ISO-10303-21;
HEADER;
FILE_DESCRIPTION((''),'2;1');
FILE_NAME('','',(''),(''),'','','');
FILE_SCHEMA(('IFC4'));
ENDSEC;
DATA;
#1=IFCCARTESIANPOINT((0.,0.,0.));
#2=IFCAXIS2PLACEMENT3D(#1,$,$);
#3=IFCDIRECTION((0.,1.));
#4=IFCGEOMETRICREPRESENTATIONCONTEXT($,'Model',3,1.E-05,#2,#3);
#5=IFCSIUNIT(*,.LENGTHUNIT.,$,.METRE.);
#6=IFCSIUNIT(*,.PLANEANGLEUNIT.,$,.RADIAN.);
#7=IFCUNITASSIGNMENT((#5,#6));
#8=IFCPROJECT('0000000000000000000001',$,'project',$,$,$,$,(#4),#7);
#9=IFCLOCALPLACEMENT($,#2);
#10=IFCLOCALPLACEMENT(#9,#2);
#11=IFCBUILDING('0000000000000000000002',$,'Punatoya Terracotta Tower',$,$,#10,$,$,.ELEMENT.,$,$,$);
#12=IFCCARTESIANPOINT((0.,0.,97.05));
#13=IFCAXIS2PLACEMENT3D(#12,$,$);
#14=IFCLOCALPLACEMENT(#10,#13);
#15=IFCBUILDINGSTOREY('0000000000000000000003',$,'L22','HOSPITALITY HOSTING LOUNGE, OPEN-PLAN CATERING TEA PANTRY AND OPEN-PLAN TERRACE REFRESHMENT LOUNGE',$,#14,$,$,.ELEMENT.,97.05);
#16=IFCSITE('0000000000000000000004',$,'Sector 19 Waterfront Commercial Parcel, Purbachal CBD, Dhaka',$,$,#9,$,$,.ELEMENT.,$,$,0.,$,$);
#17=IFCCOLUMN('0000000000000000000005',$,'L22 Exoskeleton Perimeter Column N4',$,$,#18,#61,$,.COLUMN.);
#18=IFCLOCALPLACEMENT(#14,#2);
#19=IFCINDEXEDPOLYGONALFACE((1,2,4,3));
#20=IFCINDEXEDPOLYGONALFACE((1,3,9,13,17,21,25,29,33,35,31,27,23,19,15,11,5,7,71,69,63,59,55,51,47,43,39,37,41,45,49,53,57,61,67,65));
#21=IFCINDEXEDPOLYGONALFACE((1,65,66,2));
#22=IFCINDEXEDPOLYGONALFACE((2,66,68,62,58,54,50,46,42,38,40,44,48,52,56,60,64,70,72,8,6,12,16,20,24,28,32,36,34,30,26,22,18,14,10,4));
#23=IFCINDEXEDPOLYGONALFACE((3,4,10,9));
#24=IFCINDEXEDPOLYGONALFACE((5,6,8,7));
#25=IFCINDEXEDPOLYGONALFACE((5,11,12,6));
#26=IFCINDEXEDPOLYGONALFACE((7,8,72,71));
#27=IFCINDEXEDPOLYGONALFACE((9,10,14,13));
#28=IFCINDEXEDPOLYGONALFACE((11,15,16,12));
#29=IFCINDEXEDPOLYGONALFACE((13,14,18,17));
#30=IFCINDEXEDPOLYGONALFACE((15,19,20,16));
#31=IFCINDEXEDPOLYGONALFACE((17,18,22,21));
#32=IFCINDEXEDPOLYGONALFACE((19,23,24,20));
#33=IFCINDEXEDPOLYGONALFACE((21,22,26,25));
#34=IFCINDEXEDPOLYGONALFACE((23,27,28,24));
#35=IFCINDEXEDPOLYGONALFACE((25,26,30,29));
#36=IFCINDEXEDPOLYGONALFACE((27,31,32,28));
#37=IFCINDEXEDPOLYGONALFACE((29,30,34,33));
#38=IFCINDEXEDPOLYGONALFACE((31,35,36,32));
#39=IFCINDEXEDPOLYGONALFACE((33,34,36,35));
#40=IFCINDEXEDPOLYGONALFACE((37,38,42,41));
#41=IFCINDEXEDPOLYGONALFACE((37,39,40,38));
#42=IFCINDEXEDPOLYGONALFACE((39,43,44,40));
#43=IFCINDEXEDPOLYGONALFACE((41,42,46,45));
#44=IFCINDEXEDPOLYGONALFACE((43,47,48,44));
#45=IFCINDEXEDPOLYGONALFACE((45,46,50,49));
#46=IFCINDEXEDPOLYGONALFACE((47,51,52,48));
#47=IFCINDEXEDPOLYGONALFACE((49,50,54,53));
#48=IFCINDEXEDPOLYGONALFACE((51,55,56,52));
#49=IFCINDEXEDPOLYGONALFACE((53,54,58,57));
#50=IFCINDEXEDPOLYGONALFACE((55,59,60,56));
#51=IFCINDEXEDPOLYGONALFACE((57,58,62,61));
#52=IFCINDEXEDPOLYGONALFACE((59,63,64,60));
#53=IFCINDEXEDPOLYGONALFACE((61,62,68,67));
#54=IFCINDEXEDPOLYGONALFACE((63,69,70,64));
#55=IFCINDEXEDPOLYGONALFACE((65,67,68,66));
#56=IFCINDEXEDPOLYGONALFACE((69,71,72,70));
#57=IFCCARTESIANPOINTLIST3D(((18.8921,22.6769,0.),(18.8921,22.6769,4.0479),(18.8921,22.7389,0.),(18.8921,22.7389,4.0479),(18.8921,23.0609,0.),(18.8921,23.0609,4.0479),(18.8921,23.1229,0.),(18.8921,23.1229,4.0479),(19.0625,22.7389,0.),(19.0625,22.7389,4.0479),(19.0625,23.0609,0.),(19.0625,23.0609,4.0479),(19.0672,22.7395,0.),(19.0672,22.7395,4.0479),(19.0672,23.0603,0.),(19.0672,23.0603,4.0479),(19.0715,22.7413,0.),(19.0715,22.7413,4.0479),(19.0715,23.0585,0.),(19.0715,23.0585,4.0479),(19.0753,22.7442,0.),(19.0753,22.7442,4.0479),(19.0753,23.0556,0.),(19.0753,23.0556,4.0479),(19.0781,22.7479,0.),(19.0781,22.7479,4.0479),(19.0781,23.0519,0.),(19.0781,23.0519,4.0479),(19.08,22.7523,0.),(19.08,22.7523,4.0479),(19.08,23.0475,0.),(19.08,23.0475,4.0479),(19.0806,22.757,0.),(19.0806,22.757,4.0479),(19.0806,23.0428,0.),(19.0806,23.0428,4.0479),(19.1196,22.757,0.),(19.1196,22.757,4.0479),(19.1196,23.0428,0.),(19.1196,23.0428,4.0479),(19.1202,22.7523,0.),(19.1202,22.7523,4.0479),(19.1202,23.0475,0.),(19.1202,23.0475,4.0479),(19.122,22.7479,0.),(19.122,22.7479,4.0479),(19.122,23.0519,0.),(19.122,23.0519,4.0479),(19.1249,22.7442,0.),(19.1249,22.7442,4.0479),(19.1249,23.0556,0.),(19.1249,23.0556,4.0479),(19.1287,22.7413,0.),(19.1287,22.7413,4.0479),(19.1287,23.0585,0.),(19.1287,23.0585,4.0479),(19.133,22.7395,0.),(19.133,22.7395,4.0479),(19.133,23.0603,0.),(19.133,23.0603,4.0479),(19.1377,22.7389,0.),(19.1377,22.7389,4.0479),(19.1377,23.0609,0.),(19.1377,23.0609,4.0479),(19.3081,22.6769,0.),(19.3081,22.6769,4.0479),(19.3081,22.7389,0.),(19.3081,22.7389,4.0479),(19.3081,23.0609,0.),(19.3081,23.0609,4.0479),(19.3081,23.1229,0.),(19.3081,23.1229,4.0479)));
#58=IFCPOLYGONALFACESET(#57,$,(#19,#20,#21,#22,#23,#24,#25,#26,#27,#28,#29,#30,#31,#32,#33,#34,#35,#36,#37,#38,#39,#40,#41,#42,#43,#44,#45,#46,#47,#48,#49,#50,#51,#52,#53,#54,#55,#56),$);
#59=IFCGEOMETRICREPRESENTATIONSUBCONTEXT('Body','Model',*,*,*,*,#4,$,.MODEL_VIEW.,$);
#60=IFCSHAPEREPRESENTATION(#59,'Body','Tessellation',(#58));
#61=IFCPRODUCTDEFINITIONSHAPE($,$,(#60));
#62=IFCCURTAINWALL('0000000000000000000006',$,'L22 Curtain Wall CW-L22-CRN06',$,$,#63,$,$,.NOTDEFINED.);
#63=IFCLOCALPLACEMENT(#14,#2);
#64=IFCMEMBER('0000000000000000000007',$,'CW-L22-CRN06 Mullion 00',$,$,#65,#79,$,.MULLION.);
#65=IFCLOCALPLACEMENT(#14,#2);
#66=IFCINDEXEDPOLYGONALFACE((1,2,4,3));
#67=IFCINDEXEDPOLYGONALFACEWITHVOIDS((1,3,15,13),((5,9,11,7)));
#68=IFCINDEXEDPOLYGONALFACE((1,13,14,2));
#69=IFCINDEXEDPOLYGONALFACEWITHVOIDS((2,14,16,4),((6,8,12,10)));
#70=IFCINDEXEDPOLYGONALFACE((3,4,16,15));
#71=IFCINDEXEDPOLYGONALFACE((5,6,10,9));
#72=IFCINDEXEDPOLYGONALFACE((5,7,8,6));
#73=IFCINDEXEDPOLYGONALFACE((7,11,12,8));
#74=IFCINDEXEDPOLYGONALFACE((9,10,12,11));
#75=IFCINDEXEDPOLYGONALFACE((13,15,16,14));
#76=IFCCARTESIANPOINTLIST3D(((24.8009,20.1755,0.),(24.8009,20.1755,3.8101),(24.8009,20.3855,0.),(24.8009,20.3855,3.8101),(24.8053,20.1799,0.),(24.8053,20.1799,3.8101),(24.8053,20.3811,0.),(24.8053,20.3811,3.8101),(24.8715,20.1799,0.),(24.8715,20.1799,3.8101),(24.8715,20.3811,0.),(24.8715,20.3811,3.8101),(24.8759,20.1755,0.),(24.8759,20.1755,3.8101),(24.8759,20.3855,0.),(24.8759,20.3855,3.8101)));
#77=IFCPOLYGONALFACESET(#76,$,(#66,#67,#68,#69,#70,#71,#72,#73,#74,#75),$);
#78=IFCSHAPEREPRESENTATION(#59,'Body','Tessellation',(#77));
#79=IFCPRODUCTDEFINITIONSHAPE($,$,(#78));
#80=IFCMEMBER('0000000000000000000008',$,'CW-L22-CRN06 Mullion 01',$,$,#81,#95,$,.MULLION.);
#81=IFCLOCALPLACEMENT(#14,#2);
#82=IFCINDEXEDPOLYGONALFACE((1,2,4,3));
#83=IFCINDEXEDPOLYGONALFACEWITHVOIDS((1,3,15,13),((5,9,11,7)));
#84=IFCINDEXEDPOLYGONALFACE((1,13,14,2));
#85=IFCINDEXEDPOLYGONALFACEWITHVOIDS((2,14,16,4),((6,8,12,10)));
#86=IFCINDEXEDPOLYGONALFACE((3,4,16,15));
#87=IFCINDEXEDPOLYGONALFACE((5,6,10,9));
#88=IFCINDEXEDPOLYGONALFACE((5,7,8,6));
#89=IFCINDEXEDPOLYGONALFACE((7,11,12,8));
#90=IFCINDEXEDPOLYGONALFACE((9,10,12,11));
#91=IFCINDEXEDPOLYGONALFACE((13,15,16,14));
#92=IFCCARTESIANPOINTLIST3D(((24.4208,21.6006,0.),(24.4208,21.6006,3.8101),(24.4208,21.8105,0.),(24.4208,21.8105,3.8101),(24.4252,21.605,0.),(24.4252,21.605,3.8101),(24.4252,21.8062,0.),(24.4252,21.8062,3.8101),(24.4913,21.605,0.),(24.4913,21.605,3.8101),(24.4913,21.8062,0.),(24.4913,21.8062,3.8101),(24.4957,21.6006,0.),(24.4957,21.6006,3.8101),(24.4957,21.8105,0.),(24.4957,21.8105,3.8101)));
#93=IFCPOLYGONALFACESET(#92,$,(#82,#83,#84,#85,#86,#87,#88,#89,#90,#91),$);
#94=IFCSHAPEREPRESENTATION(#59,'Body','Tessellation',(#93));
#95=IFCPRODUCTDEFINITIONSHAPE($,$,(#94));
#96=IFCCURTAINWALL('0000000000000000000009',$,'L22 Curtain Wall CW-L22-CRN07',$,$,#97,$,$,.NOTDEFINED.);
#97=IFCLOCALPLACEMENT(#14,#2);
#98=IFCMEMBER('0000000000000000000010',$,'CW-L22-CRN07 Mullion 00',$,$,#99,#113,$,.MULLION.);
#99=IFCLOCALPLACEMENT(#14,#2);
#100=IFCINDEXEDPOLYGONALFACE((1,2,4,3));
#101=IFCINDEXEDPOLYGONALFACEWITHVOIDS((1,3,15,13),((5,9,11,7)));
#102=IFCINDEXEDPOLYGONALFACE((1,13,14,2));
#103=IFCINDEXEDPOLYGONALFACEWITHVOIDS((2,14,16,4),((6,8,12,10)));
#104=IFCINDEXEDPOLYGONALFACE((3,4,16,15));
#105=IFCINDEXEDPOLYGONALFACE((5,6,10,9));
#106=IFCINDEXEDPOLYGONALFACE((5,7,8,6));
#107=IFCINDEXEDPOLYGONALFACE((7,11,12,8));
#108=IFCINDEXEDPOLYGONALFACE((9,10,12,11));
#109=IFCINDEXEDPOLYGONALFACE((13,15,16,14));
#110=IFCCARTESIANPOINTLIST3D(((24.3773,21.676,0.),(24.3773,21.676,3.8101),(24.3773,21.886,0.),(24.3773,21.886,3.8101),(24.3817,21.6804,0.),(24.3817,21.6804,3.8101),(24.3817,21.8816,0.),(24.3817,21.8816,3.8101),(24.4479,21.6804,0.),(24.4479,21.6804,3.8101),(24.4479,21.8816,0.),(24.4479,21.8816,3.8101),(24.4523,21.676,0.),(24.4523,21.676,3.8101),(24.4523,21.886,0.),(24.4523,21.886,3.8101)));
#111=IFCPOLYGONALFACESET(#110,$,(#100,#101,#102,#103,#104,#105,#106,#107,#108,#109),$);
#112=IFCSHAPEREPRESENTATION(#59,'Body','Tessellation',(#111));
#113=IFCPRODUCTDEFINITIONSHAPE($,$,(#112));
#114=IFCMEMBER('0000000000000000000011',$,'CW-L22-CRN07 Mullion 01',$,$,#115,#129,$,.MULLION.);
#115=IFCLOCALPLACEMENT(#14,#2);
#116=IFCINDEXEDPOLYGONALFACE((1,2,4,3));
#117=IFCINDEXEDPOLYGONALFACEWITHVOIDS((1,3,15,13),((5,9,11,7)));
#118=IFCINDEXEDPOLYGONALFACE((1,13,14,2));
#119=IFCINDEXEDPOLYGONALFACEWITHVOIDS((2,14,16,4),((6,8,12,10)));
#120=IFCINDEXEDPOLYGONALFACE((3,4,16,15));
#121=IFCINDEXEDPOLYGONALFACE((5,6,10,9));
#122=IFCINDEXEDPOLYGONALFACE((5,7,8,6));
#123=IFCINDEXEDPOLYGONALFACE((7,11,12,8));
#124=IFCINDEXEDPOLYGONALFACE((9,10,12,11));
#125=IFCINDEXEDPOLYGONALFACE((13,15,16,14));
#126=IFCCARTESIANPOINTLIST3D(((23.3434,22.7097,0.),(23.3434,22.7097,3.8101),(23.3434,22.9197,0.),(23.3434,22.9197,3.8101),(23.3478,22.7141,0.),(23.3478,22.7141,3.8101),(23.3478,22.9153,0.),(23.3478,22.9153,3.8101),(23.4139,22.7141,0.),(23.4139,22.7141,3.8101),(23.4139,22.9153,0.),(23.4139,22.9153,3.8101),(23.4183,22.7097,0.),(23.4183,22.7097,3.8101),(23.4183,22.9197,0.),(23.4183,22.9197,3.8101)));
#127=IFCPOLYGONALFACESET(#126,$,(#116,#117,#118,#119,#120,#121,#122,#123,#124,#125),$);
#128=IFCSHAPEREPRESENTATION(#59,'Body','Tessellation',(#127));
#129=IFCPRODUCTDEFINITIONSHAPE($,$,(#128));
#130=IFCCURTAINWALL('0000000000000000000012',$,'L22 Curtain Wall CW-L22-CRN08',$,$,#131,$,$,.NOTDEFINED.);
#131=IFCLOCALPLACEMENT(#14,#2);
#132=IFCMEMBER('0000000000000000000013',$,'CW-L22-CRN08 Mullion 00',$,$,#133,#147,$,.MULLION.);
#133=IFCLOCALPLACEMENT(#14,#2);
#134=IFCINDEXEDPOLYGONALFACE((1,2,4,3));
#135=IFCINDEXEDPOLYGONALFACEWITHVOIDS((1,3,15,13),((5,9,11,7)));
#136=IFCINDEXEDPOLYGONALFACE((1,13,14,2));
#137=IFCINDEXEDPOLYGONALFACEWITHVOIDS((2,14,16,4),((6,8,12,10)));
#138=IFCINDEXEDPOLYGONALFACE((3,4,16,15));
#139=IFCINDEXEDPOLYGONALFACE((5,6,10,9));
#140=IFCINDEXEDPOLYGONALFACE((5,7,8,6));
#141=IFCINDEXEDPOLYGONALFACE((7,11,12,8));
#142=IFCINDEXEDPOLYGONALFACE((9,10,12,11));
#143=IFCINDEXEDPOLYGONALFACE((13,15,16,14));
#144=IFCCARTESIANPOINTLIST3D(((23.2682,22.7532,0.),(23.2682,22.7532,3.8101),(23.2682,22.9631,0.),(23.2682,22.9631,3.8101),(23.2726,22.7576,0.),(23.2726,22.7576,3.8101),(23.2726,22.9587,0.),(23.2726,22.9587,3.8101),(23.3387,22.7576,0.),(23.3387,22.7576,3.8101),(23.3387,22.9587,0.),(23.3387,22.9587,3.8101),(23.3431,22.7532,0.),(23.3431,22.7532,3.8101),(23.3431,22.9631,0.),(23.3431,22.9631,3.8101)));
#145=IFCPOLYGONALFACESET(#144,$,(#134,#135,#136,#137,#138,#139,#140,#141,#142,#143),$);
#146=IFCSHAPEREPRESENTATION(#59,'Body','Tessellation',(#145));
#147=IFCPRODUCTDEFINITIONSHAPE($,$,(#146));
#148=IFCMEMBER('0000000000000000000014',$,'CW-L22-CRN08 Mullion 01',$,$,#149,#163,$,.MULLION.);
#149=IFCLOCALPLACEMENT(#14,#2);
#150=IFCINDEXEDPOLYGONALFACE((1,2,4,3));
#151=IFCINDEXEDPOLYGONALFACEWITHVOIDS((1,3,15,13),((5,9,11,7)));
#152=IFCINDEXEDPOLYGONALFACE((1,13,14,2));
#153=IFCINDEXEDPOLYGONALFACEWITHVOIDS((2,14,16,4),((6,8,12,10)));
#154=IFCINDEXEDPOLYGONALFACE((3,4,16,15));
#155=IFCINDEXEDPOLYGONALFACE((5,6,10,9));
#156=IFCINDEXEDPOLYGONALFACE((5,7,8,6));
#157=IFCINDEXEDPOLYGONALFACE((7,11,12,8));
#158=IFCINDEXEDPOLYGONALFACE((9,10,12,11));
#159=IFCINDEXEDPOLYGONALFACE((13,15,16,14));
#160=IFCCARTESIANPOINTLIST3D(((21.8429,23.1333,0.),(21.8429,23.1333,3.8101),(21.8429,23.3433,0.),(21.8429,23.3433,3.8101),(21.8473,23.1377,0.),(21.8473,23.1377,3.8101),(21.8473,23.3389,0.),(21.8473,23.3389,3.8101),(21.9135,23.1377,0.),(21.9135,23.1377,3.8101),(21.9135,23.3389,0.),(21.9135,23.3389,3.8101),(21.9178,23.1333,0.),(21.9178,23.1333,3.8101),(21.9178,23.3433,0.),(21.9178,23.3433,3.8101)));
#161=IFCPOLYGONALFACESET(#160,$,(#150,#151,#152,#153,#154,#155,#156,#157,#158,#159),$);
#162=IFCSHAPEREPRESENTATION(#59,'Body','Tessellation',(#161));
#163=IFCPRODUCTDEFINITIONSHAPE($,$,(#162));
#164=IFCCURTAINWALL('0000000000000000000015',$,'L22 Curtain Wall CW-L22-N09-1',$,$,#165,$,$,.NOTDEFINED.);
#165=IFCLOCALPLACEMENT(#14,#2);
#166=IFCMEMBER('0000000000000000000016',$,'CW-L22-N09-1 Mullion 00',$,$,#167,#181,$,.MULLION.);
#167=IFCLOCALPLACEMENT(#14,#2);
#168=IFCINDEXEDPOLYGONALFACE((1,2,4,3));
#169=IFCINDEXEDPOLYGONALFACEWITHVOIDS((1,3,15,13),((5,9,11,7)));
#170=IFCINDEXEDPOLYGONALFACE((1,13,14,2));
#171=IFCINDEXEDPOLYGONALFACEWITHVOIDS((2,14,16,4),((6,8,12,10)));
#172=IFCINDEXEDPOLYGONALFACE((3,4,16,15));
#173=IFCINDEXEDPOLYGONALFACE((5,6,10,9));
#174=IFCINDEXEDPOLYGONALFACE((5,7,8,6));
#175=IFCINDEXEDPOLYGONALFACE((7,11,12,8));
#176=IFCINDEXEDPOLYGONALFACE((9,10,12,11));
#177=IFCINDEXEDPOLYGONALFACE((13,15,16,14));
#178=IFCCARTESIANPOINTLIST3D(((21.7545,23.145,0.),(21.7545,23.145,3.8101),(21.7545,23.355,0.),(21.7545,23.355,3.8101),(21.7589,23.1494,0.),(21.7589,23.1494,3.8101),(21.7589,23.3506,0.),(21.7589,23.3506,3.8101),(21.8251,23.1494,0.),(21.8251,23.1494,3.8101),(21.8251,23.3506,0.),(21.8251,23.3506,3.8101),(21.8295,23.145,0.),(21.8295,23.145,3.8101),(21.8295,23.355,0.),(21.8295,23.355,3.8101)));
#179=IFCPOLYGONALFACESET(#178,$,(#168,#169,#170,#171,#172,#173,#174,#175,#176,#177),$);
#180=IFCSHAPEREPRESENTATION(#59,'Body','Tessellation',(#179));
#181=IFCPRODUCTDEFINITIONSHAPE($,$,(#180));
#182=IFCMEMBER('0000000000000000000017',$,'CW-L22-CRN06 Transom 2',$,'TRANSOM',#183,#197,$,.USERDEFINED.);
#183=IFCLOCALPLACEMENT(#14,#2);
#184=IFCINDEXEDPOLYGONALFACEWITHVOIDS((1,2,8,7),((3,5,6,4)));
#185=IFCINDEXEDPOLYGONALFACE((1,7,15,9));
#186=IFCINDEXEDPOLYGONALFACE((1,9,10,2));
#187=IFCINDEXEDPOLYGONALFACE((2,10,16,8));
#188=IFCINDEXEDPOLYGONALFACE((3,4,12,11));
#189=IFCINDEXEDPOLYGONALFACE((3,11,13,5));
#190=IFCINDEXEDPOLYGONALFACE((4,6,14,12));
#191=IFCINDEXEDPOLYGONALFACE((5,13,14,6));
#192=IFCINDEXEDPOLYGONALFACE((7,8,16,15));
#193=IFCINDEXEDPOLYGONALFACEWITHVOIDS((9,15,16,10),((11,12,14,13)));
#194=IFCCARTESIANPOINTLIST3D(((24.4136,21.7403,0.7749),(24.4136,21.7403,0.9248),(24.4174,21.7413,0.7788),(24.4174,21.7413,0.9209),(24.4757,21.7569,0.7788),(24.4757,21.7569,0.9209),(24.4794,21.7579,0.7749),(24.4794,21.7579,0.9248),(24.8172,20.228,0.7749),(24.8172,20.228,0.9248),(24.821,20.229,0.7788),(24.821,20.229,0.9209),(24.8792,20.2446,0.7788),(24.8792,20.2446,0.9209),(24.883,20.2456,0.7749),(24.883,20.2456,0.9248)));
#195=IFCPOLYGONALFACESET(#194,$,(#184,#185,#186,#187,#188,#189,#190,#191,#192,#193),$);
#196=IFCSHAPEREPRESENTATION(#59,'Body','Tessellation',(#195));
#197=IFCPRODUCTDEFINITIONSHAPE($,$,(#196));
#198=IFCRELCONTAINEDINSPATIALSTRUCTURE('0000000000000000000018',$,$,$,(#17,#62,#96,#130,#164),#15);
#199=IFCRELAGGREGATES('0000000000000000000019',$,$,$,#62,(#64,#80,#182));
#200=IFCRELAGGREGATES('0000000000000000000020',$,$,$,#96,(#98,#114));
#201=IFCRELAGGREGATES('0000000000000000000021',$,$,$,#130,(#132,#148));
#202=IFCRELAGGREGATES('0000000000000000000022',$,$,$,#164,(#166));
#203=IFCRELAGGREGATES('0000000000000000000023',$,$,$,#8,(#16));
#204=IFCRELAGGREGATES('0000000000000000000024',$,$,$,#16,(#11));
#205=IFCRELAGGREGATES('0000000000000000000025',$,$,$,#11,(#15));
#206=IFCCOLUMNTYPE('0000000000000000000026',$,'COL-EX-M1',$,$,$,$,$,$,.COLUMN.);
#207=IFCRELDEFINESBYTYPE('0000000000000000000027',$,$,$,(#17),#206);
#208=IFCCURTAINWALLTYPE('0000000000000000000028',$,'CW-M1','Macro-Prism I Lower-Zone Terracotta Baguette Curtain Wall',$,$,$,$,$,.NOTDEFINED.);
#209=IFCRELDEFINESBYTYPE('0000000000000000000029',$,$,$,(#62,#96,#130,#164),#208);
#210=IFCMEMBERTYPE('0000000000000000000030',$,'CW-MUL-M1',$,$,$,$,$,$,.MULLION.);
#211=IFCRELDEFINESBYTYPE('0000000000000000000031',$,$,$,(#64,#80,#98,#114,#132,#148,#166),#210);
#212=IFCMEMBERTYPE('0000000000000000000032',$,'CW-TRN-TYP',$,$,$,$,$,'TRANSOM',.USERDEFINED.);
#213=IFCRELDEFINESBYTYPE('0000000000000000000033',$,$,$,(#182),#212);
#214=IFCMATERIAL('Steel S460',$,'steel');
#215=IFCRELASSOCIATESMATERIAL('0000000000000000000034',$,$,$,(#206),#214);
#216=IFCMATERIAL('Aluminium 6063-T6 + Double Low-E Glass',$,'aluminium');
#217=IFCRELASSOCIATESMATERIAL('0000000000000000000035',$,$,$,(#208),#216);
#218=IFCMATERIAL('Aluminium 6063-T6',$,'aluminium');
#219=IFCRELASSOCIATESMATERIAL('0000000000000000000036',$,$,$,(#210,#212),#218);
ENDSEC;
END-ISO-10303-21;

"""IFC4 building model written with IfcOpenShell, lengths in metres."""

from ifc_helpers import new_model, si_unit, direction, frame, origin, origin_2d, place, context, subcontext, project, spatial, hollow_rectangle, i_section, extrude, material, material_profile, profile_set, type_object, element, aggregate, save


model = new_model("IFC4")

# Units and contexts
model_context = context("Model", 3, precision=1e-05, world=origin(), true_north=direction((0.0, 1.0)))
body_context = subcontext(model_context, "Body", "Model", "MODEL_VIEW")
ifc_project = project(units=[si_unit("LENGTHUNIT", "METRE"), si_unit("PLANEANGLEUNIT", "RADIAN")], contexts=[model_context])

# Site, building, storey
site_placement = place(None, origin())
site = spatial("IfcSite", under=ifc_project, at=site_placement, Name="Sector 19 Waterfront Commercial Parcel, Purbachal CBD, Dhaka", CompositionType="ELEMENT", RefElevation=0.0)
building_placement = place(site_placement, origin())
building = spatial("IfcBuilding", under=site, at=building_placement, Name="Punatoya Terracotta Tower", CompositionType="ELEMENT")
storey_placement = place(building_placement, frame((0.0, 0.0, 97.05)))
storey = spatial("IfcBuildingStorey", under=building, at=storey_placement, Name="L22", Description="HOSPITALITY HOSTING LOUNGE, OPEN-PLAN CATERING TEA PANTRY AND OPEN-PLAN TERRACE REFRESHMENT LOUNGE", CompositionType="ELEMENT", Elevation=97.05)

# Column
ifc_material_1 = material(Name="Steel S460", Category="steel")
ifc_material_profile_1 = material_profile(ifc_material_1, i_section(OverallWidth=0.416, OverallDepth=0.446, WebThickness=0.0391, FlangeThickness=0.062, FilletRadius=0.0181, at=origin_2d()))
ifc_profile_set_1 = profile_set([ifc_material_profile_1], Name="Steel S460")
column_type = type_object("IfcColumnType", Name="COL-EX-M1", PredefinedType="COLUMN", material=ifc_profile_set_1)
column_placement = place(storey_placement, frame((19.1001, 22.8999, 0.0), z_axis=(0.0, 0.0, 1.0), x_axis=(1.0, 0.0, 0.0)))
element("IfcColumn", 1, at=column_placement, inside=storey, type_object=column_type, Name="L22 Exoskeleton Perimeter Column N4", PredefinedType="COLUMN", context=body_context, shape_type="SweptSolid", body=[
    extrude(i_section(OverallWidth=0.416, OverallDepth=0.446, WebThickness=0.0391, FlangeThickness=0.062, FilletRadius=0.0181, at=origin_2d()), origin(), (0.0, 0.0, 1.0), 4.0479),
])

# Curtain walls, members
ifc_material_2 = material(Name="Aluminium 6063-T6 + Double Low-E Glass", Category="aluminium")
curtain_wall_type = type_object("IfcCurtainWallType", Name="CW-M1", Description="Macro-Prism I Lower-Zone Terracotta Baguette Curtain Wall", PredefinedType="NOTDEFINED", material=ifc_material_2)
curtain_wall_1_placement = place(storey_placement, origin())
curtain_wall_1 = element("IfcCurtainWall", 2, at=curtain_wall_1_placement, inside=storey, type_object=curtain_wall_type, Name="L22 Curtain Wall CW-L22-CRN06", PredefinedType="NOTDEFINED")
ifc_material_3 = material(Name="Aluminium 6063-T6", Category="aluminium")
ifc_material_profile_2 = material_profile(ifc_material_3, hollow_rectangle(XDim=0.075, YDim=0.21, WallThickness=0.0044, at=origin_2d()))
ifc_profile_set_2 = profile_set([ifc_material_profile_2], Name="Aluminium 6063-T6")
member_type_1 = type_object("IfcMemberType", Name="CW-MUL-M1", PredefinedType="MULLION", material=ifc_profile_set_2)
member_1_placement = place(storey_placement, frame((24.8384, 20.2805, 0.0), z_axis=(0.0, 0.0, 1.0), x_axis=(1.0, 0.0, 0.0)))
member_1 = element("IfcMember", 3, at=member_1_placement, type_object=member_type_1, Name="CW-L22-CRN06 Mullion 00", PredefinedType="MULLION", context=body_context, shape_type="SweptSolid", body=[
    extrude(hollow_rectangle(XDim=0.075, YDim=0.21, WallThickness=0.0044, at=origin_2d()), origin(), (0.0, 0.0, 1.0), 3.8101),
])
member_2_placement = place(storey_placement, frame((24.4583, 21.7056, 0.0), z_axis=(0.0, 0.0, 1.0), x_axis=(1.0, 0.0, 0.0)))
member_2 = element("IfcMember", 4, at=member_2_placement, type_object=member_type_1, Name="CW-L22-CRN06 Mullion 01", PredefinedType="MULLION", context=body_context, shape_type="SweptSolid", body=[
    extrude(hollow_rectangle(XDim=0.075, YDim=0.21, WallThickness=0.0044, at=origin_2d()), origin(), (0.0, 0.0, 1.0), 3.8101),
])
curtain_wall_2_placement = place(storey_placement, origin())
curtain_wall_2 = element("IfcCurtainWall", 5, at=curtain_wall_2_placement, inside=storey, type_object=curtain_wall_type, Name="L22 Curtain Wall CW-L22-CRN07", PredefinedType="NOTDEFINED")
member_3_placement = place(storey_placement, frame((24.4148, 21.781, 0.0), z_axis=(0.0, 0.0, 1.0), x_axis=(1.0, 0.0, 0.0)))
member_3 = element("IfcMember", 6, at=member_3_placement, type_object=member_type_1, Name="CW-L22-CRN07 Mullion 00", PredefinedType="MULLION", context=body_context, shape_type="SweptSolid", body=[
    extrude(hollow_rectangle(XDim=0.075, YDim=0.21, WallThickness=0.0044, at=origin_2d()), origin(), (0.0, 0.0, 1.0), 3.8101),
])
member_4_placement = place(storey_placement, frame((23.3809, 22.8147, 0.0), z_axis=(0.0, 0.0, 1.0), x_axis=(1.0, 0.0, 0.0)))
member_4 = element("IfcMember", 7, at=member_4_placement, type_object=member_type_1, Name="CW-L22-CRN07 Mullion 01", PredefinedType="MULLION", context=body_context, shape_type="SweptSolid", body=[
    extrude(hollow_rectangle(XDim=0.075, YDim=0.21, WallThickness=0.0044, at=origin_2d()), origin(), (0.0, 0.0, 1.0), 3.8101),
])
curtain_wall_3_placement = place(storey_placement, origin())
curtain_wall_3 = element("IfcCurtainWall", 8, at=curtain_wall_3_placement, inside=storey, type_object=curtain_wall_type, Name="L22 Curtain Wall CW-L22-CRN08", PredefinedType="NOTDEFINED")
member_5_placement = place(storey_placement, frame((23.3057, 22.8582, 0.0), z_axis=(0.0, 0.0, 1.0), x_axis=(1.0, 0.0, 0.0)))
member_5 = element("IfcMember", 9, at=member_5_placement, type_object=member_type_1, Name="CW-L22-CRN08 Mullion 00", PredefinedType="MULLION", context=body_context, shape_type="SweptSolid", body=[
    extrude(hollow_rectangle(XDim=0.075, YDim=0.21, WallThickness=0.0044, at=origin_2d()), origin(), (0.0, 0.0, 1.0), 3.8101),
])
member_6_placement = place(storey_placement, frame((21.8804, 23.2383, 0.0), z_axis=(0.0, 0.0, 1.0), x_axis=(1.0, 0.0, 0.0)))
member_6 = element("IfcMember", 10, at=member_6_placement, type_object=member_type_1, Name="CW-L22-CRN08 Mullion 01", PredefinedType="MULLION", context=body_context, shape_type="SweptSolid", body=[
    extrude(hollow_rectangle(XDim=0.075, YDim=0.21, WallThickness=0.0044, at=origin_2d()), origin(), (0.0, 0.0, 1.0), 3.8101),
])

# Curtain wall, member
curtain_wall_4_placement = place(storey_placement, origin())
curtain_wall_4 = element("IfcCurtainWall", 11, at=curtain_wall_4_placement, inside=storey, type_object=curtain_wall_type, Name="L22 Curtain Wall CW-L22-N09-1", PredefinedType="NOTDEFINED")
member_7_placement = place(storey_placement, frame((21.792, 23.25, 0.0), z_axis=(0.0, 0.0, 1.0), x_axis=(1.0, 0.0, 0.0)))
member_7 = element("IfcMember", 12, at=member_7_placement, type_object=member_type_1, Name="CW-L22-N09-1 Mullion 00", PredefinedType="MULLION", context=body_context, shape_type="SweptSolid", body=[
    extrude(hollow_rectangle(XDim=0.075, YDim=0.21, WallThickness=0.0044, at=origin_2d()), origin(), (0.0, 0.0, 1.0), 3.8101),
])

# Member
ifc_material_profile_3 = material_profile(ifc_material_3, hollow_rectangle(XDim=0.0681, YDim=0.1499, WallThickness=0.0039, at=origin_2d()))
ifc_profile_set_3 = profile_set([ifc_material_profile_3], Name="Aluminium 6063-T6")
member_type_2 = type_object("IfcMemberType", Name="CW-TRN-TYP", ElementType="TRANSOM", PredefinedType="USERDEFINED", material=ifc_profile_set_3)
member_8_placement = place(storey_placement, frame((24.8501, 20.2368, 0.8499), z_axis=(-0.257847, 0.966186, 0.0), x_axis=(-0.966186, -0.257847, 0.0)))
member_8 = element("IfcMember", 13, at=member_8_placement, type_object=member_type_2, Name="CW-L22-CRN06 Transom 2", ObjectType="TRANSOM", PredefinedType="USERDEFINED", context=body_context, shape_type="SweptSolid", body=[
    extrude(hollow_rectangle(XDim=0.0681, YDim=0.1499, WallThickness=0.0039, at=origin_2d()), origin(), (0.0, 0.0, 1.0), 1.5652),
])

aggregate(curtain_wall_1, [member_1, member_2, member_8])
aggregate(curtain_wall_2, [member_3, member_4])
aggregate(curtain_wall_3, [member_5, member_6])
aggregate(curtain_wall_4, [member_7])

save(model, "model.ifc")
